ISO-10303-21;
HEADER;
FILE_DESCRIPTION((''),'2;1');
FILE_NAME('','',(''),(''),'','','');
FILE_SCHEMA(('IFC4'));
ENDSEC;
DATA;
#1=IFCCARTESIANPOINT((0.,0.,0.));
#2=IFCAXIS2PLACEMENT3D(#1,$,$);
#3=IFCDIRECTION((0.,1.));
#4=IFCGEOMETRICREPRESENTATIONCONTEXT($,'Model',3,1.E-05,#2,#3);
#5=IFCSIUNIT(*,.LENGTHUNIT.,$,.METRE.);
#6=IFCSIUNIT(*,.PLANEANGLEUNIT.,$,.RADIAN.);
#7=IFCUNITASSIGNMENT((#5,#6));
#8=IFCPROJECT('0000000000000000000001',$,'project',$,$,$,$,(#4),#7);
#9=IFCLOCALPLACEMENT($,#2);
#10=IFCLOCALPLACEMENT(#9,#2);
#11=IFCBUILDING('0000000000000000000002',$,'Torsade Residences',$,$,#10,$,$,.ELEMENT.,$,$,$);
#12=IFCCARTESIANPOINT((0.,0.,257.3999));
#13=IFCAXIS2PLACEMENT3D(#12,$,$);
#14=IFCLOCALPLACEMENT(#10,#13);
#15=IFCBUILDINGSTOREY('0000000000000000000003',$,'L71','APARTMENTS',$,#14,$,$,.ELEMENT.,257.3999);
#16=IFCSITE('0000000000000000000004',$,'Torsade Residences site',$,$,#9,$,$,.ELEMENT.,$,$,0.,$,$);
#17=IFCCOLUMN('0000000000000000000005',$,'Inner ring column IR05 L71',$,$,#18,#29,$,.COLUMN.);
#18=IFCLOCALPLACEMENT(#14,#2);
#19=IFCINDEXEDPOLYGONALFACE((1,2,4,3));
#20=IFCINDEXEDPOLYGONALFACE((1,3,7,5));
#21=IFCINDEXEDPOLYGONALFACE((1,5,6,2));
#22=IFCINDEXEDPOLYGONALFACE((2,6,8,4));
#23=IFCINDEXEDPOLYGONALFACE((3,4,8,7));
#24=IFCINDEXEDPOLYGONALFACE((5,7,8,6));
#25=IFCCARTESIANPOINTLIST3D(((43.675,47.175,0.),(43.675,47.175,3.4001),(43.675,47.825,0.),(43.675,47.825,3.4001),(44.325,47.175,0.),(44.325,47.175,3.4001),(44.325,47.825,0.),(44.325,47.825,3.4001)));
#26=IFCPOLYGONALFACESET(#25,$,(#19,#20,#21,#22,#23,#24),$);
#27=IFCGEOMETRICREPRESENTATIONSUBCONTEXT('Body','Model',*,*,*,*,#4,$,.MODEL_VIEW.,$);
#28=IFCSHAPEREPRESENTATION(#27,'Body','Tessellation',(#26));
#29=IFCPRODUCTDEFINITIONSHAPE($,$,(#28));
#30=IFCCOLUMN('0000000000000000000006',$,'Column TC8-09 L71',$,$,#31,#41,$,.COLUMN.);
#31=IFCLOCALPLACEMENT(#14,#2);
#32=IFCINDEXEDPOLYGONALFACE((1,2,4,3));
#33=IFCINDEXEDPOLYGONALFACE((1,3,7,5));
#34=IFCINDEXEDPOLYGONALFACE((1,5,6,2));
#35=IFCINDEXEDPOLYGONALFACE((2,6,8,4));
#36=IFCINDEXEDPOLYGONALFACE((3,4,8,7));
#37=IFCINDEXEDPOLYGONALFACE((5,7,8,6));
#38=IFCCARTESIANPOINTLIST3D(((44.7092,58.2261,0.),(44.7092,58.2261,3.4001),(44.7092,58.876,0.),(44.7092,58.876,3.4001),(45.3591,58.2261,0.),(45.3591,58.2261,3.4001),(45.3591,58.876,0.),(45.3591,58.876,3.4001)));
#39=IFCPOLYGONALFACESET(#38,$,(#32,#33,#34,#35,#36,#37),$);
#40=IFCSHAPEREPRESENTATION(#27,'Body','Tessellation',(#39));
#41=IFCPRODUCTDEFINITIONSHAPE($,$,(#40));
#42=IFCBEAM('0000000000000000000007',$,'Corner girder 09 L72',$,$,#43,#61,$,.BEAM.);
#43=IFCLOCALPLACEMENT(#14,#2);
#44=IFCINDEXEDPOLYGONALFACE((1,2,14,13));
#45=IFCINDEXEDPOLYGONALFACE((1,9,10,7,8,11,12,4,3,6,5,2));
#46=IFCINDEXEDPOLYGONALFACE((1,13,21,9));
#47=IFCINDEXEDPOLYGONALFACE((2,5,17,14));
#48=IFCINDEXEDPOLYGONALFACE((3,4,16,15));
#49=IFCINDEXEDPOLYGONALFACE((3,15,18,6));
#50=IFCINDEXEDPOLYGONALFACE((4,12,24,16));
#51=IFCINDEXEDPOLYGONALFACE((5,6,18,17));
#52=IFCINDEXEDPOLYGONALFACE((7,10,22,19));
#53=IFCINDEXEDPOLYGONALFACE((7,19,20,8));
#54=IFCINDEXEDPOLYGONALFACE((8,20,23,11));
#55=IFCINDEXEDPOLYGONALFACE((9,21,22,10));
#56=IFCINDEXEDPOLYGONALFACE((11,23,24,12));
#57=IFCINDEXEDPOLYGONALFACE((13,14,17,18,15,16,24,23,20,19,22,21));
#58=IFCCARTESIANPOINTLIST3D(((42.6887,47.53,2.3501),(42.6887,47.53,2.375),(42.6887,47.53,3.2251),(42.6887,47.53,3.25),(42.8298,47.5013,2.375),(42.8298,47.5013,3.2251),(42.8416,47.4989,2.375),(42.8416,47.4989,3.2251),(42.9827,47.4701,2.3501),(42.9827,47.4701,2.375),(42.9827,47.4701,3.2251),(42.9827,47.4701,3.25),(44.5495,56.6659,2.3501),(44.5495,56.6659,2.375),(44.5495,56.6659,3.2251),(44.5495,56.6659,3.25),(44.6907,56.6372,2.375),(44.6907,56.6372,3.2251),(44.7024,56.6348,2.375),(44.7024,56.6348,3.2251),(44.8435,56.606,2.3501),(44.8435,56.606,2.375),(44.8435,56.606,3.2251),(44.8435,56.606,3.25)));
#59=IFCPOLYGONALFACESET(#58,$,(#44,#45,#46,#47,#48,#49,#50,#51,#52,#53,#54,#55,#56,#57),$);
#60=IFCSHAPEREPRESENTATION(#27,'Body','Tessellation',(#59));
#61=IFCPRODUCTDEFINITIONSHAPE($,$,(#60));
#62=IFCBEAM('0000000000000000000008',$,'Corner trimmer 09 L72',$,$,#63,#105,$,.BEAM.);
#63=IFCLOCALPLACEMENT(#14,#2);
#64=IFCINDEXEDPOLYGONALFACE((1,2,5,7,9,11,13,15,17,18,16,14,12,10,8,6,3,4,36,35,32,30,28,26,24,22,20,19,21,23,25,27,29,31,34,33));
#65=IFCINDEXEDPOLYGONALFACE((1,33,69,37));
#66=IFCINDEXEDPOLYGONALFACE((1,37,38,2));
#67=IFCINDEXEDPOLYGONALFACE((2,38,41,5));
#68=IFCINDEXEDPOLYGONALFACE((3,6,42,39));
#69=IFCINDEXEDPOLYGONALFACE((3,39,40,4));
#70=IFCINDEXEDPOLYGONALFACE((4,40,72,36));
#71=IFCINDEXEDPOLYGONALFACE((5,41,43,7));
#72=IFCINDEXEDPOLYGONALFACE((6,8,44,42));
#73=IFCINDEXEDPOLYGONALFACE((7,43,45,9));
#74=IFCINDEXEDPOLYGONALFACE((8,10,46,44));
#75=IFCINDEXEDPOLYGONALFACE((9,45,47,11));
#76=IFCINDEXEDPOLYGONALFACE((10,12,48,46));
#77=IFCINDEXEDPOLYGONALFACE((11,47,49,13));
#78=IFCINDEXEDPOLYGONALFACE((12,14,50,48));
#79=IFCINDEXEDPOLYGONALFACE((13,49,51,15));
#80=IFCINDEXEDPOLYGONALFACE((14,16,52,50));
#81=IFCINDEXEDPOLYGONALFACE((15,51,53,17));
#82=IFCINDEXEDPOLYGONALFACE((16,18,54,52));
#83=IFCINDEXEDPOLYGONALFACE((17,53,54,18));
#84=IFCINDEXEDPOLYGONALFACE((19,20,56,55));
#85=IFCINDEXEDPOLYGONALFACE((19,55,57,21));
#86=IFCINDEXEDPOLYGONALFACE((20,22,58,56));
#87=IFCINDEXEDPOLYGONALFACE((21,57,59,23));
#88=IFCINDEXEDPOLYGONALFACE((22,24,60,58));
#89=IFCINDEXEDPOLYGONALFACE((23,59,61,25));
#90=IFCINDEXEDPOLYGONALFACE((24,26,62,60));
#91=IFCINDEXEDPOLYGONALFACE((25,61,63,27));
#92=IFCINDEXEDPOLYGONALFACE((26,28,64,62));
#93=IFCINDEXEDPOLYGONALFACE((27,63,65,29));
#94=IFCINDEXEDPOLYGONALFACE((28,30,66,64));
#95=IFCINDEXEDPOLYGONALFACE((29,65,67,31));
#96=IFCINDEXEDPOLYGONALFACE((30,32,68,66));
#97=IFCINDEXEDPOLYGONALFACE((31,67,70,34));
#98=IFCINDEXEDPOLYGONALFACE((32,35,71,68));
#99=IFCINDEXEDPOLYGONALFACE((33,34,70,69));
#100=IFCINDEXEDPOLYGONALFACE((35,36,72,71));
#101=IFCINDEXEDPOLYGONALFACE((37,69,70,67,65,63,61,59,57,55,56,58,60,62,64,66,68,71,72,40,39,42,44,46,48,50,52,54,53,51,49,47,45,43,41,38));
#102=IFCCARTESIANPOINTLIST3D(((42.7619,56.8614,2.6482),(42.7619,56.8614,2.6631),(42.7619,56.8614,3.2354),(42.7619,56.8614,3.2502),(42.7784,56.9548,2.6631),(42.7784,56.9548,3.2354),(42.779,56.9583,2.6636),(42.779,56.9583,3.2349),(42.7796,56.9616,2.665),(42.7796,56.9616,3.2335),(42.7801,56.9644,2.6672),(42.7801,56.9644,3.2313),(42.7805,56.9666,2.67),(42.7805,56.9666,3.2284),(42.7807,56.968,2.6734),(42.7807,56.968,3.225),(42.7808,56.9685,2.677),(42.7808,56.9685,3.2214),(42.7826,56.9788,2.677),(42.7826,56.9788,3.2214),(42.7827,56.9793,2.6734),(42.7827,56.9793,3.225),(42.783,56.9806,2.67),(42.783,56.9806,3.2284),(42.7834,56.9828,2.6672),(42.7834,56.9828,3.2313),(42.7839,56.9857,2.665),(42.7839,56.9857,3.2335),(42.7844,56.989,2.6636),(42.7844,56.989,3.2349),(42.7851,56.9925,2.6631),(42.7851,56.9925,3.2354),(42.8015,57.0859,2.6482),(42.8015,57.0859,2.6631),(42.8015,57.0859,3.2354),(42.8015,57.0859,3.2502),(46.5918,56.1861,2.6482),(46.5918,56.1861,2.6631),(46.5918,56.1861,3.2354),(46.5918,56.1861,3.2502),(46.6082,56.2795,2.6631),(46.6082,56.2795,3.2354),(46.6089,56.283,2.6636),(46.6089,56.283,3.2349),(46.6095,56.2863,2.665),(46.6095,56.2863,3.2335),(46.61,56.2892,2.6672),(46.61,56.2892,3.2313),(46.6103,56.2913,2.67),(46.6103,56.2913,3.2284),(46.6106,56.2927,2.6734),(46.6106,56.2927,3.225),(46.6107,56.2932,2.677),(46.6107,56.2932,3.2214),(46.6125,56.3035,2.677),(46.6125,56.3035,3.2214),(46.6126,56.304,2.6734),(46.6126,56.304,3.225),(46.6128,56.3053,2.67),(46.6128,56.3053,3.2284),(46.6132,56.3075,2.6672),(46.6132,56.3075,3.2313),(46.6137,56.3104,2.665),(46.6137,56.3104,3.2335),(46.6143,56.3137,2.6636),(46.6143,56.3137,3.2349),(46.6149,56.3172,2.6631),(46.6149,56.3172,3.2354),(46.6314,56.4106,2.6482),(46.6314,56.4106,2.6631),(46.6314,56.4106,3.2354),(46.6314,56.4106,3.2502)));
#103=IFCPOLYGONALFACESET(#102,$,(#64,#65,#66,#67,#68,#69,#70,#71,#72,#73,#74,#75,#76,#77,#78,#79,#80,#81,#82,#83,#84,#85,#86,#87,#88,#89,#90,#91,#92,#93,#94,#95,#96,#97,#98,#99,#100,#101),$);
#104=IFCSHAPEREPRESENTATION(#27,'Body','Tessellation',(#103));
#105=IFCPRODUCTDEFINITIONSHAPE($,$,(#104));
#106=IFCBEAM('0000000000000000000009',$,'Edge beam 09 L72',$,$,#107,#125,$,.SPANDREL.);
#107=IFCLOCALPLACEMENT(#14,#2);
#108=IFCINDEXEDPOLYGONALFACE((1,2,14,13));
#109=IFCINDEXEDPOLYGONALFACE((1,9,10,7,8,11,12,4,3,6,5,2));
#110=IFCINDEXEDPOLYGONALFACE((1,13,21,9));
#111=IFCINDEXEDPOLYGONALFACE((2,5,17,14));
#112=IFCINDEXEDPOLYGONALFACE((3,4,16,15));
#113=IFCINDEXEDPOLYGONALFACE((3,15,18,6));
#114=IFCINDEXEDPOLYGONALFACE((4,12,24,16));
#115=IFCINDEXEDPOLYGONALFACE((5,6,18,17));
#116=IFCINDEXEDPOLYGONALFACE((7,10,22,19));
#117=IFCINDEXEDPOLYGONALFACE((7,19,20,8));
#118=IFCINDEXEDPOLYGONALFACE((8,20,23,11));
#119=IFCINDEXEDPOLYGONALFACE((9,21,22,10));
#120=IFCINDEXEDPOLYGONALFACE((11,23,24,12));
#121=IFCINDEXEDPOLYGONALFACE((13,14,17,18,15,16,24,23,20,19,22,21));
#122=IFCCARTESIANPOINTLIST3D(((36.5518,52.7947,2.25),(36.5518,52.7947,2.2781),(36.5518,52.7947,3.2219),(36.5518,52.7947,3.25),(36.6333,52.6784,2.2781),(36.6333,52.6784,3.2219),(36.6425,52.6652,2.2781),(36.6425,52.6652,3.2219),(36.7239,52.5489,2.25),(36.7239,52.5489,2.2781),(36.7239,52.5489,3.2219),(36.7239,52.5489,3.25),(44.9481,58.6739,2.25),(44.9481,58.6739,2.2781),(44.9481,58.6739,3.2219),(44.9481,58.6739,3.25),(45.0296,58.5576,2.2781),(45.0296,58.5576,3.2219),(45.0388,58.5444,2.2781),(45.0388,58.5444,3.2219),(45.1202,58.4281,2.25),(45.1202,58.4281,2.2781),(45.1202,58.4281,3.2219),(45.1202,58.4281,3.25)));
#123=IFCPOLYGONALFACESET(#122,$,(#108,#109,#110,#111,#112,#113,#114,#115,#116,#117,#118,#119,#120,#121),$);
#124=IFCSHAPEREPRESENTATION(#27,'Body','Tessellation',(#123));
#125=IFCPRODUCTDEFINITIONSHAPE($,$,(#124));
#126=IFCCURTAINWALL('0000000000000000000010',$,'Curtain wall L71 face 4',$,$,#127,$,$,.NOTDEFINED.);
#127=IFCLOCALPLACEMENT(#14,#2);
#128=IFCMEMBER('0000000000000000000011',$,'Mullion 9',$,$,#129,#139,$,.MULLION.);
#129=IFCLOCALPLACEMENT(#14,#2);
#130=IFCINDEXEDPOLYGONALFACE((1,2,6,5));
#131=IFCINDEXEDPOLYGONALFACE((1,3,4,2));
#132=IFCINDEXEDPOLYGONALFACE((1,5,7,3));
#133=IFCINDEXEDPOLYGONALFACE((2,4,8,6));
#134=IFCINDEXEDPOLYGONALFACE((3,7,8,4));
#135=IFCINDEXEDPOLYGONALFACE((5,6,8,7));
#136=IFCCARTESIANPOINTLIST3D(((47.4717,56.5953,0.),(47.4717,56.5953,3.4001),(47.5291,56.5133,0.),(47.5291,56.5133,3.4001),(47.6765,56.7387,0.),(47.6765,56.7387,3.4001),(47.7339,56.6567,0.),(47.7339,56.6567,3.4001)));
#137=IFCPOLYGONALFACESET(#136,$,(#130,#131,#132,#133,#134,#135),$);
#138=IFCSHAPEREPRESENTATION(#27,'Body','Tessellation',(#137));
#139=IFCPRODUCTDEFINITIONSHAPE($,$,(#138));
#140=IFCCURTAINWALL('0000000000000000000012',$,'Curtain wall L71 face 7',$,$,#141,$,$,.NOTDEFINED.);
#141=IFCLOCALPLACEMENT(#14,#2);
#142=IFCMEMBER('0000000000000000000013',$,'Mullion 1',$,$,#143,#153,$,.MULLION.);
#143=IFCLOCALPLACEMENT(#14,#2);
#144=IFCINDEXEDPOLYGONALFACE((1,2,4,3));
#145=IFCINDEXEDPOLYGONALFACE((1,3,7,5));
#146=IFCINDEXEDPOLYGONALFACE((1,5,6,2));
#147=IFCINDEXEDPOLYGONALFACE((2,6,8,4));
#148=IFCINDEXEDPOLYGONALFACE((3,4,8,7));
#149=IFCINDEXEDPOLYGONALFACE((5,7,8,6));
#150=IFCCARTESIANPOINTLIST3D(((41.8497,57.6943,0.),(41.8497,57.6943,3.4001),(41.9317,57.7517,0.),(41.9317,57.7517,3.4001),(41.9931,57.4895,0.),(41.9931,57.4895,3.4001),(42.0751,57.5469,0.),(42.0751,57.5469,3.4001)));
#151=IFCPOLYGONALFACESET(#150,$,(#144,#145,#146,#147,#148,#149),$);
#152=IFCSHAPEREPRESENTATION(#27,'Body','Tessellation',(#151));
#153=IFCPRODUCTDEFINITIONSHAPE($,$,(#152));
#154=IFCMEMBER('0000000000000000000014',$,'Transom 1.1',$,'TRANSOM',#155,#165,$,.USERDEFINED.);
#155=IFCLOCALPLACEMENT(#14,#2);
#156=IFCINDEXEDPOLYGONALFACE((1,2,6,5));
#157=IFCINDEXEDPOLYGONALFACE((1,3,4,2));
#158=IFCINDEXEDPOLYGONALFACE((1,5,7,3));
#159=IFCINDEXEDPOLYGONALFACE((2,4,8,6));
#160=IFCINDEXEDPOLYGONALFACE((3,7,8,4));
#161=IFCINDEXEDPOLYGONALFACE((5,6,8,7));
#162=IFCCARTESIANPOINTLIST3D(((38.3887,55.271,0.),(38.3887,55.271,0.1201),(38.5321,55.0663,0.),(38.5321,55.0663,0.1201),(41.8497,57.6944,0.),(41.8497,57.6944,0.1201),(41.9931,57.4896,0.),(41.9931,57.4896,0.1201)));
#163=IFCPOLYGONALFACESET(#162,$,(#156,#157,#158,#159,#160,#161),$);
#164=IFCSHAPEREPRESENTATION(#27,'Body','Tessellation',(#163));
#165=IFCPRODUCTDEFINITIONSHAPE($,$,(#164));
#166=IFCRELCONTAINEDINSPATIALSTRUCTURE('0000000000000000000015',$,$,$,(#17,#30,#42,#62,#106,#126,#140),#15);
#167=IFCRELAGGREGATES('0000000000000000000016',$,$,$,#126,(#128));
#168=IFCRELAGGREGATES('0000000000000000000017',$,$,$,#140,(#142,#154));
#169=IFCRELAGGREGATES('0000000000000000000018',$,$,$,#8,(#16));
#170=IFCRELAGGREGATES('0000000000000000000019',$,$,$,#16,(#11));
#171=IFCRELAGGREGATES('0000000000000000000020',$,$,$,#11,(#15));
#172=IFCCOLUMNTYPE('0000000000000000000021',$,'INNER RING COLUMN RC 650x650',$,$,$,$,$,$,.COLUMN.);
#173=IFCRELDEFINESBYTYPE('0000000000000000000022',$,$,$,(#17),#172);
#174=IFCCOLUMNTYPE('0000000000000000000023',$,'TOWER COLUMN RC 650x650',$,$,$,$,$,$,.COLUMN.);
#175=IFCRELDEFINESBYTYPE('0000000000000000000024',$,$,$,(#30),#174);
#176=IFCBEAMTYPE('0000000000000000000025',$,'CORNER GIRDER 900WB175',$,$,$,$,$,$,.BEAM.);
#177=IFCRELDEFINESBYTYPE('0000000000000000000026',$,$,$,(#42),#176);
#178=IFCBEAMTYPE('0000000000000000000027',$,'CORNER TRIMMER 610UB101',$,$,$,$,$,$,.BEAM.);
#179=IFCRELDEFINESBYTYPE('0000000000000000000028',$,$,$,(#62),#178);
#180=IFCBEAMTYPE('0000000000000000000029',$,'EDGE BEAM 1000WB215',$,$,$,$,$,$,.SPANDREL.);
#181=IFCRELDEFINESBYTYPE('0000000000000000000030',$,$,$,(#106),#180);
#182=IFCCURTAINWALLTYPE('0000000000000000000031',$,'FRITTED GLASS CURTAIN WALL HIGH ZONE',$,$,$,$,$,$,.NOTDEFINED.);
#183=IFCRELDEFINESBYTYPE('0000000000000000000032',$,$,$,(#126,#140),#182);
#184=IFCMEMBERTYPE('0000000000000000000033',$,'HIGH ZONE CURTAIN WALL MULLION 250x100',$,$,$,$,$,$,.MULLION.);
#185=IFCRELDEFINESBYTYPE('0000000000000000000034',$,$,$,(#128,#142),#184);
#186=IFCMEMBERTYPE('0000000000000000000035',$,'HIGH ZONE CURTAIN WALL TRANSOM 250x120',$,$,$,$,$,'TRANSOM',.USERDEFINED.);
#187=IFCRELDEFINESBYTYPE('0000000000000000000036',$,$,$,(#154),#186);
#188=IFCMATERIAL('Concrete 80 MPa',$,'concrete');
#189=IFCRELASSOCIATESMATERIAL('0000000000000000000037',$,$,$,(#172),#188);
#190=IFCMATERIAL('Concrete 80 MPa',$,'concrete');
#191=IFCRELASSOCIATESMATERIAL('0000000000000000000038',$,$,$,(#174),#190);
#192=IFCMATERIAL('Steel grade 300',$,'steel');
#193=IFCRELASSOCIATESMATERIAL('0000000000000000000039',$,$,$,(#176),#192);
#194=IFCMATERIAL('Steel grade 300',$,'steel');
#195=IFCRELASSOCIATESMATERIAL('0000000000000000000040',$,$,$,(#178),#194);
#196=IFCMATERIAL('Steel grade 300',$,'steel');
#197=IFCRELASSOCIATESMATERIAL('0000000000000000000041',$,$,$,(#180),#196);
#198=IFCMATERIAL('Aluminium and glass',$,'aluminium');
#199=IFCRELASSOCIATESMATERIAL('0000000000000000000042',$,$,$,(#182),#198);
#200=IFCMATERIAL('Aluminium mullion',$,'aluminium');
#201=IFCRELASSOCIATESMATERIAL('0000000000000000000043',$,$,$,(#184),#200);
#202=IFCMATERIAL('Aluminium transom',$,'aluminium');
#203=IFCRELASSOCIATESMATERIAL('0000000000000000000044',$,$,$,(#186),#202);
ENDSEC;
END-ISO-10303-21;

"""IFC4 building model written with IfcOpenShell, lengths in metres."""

from ifc_helpers import new_model, si_unit, direction, frame, origin, origin_2d, place, context, subcontext, project, spatial, rectangle, i_section, extrude, material, material_profile, profile_set, type_object, element, aggregate, save


model = new_model("IFC4")

# Units and contexts
model_context = context("Model", 3, precision=1e-05, world=origin(), true_north=direction((0.0, 1.0)))
body_context = subcontext(model_context, "Body", "Model", "MODEL_VIEW")
ifc_project = project(units=[si_unit("LENGTHUNIT", "METRE"), si_unit("PLANEANGLEUNIT", "RADIAN")], contexts=[model_context])

# Site, building, storey
site_placement = place(None, origin())
site = spatial("IfcSite", under=ifc_project, at=site_placement, Name="Torsade Residences site", CompositionType="ELEMENT", RefElevation=0.0)
building_placement = place(site_placement, origin())
building = spatial("IfcBuilding", under=site, at=building_placement, Name="Torsade Residences", CompositionType="ELEMENT")
storey_placement = place(building_placement, frame((0.0, 0.0, 257.3999)))
storey = spatial("IfcBuildingStorey", under=building, at=storey_placement, Name="L71", Description="APARTMENTS", CompositionType="ELEMENT", Elevation=257.3999)

# Columns
ifc_material_1 = material(Name="Concrete 80 MPa", Category="concrete")
ifc_material_profile_1 = material_profile(ifc_material_1, rectangle(XDim=0.6499, YDim=0.6499, at=origin_2d()), Name="RC 650x650")
ifc_profile_set_1 = profile_set([ifc_material_profile_1], Name="Concrete 80 MPa")
column_type_1 = type_object("IfcColumnType", Name="INNER RING COLUMN RC 650x650", PredefinedType="COLUMN", material=ifc_profile_set_1)
column_1_placement = place(storey_placement, frame((44.0, 47.5, 0.0), z_axis=(0.0, 0.0, 1.0), x_axis=(1.0, 0.0, 0.0)))
element("IfcColumn", 1, at=column_1_placement, inside=storey, type_object=column_type_1, Name="Inner ring column IR05 L71", PredefinedType="COLUMN", context=body_context, shape_type="SweptSolid", body=[
    extrude(rectangle(XDim=0.6499, YDim=0.6499, at=origin_2d()), origin(), (0.0, 0.0, 1.0), 3.4001),
])
ifc_material_2 = material(Name="Concrete 80 MPa", Category="concrete")
ifc_material_profile_2 = material_profile(ifc_material_2, rectangle(XDim=0.6499, YDim=0.6499, at=origin_2d()), Name="RC 650x650")
ifc_profile_set_2 = profile_set([ifc_material_profile_2], Name="Concrete 80 MPa")
column_type_2 = type_object("IfcColumnType", Name="TOWER COLUMN RC 650x650", PredefinedType="COLUMN", material=ifc_profile_set_2)
column_2_placement = place(storey_placement, frame((45.0342, 58.551, 0.0), z_axis=(0.0, 0.0, 1.0), x_axis=(1.0, 0.0, 0.0)))
element("IfcColumn", 2, at=column_2_placement, inside=storey, type_object=column_type_2, Name="Column TC8-09 L71", PredefinedType="COLUMN", context=body_context, shape_type="SweptSolid", body=[
    extrude(rectangle(XDim=0.6499, YDim=0.6499, at=origin_2d()), origin(), (0.0, 0.0, 1.0), 3.4001),
])

# Beams
ifc_material_3 = material(Name="Steel grade 300", Category="steel")
ifc_material_profile_3 = material_profile(ifc_material_3, i_section(OverallWidth=0.3, OverallDepth=0.8999, WebThickness=0.012, FlangeThickness=0.0249, at=origin_2d()), Name="900WB175")
ifc_profile_set_3 = profile_set([ifc_material_profile_3], Name="Steel grade 300")
beam_type_1 = type_object("IfcBeamType", Name="CORNER GIRDER 900WB175", PredefinedType="BEAM", material=ifc_profile_set_3)
beam_1_placement = place(storey_placement, frame((44.6965, 56.636, 2.8), z_axis=(-0.199584, -0.979881, 0.0), x_axis=(0.979881, -0.199584, 0.0)))
element("IfcBeam", 3, at=beam_1_placement, inside=storey, type_object=beam_type_1, Name="Corner girder 09 L72", PredefinedType="BEAM", context=body_context, shape_type="SweptSolid", body=[
    extrude(i_section(OverallWidth=0.3, OverallDepth=0.8999, WebThickness=0.012, FlangeThickness=0.0249, at=origin_2d()), origin(), (0.0, 0.0, 1.0), 9.3235),
])
ifc_material_4 = material(Name="Steel grade 300", Category="steel")
ifc_material_profile_4 = material_profile(ifc_material_4, i_section(OverallWidth=0.228, OverallDepth=0.6021, WebThickness=0.0105, FlangeThickness=0.0149, FilletRadius=0.0139, at=origin_2d()), Name="610UB101")
ifc_profile_set_4 = profile_set([ifc_material_profile_4], Name="Steel grade 300")
beam_type_2 = type_object("IfcBeamType", Name="CORNER TRIMMER 610UB101", PredefinedType="BEAM", material=ifc_profile_set_4)
beam_2_placement = place(storey_placement, frame((42.7817, 56.9736, 2.9492), z_axis=(0.984808, -0.173646, 0.0), x_axis=(0.173646, 0.984808, 0.0)))
element("IfcBeam", 4, at=beam_2_placement, inside=storey, type_object=beam_type_2, Name="Corner trimmer 09 L72", PredefinedType="BEAM", context=body_context, shape_type="SweptSolid", body=[
    extrude(i_section(OverallWidth=0.228, OverallDepth=0.6021, WebThickness=0.0105, FlangeThickness=0.0149, FilletRadius=0.0139, at=origin_2d()), origin(), (0.0, 0.0, 1.0), 3.8889),
])
ifc_material_5 = material(Name="Steel grade 300", Category="steel")
ifc_material_profile_5 = material_profile(ifc_material_5, i_section(OverallWidth=0.3, OverallDepth=1.0, WebThickness=0.0161, FlangeThickness=0.0281, at=origin_2d()), Name="1000WB215")
ifc_profile_set_5 = profile_set([ifc_material_profile_5], Name="Steel grade 300")
beam_type_3 = type_object("IfcBeamType", Name="EDGE BEAM 1000WB215", PredefinedType="SPANDREL", material=ifc_profile_set_5)
beam_3_placement = place(storey_placement, frame((45.0342, 58.551, 2.75), z_axis=(-0.81915, -0.573579, 0.0), x_axis=(0.573579, -0.81915, 0.0)))
element("IfcBeam", 5, at=beam_3_placement, inside=storey, type_object=beam_type_3, Name="Edge beam 09 L72", PredefinedType="SPANDREL", context=body_context, shape_type="SweptSolid", body=[
    extrude(i_section(OverallWidth=0.3, OverallDepth=1.0, WebThickness=0.0161, FlangeThickness=0.0281, at=origin_2d()), origin(), (0.0, 0.0, 1.0), 10.25),
])

# Curtain wall, member
ifc_material_6 = material(Name="Aluminium and glass", Category="aluminium")
curtain_wall_type = type_object("IfcCurtainWallType", Name="FRITTED GLASS CURTAIN WALL HIGH ZONE", PredefinedType="NOTDEFINED", material=ifc_material_6)
curtain_wall_1_placement = place(storey_placement, origin())
curtain_wall_1 = element("IfcCurtainWall", 6, at=curtain_wall_1_placement, inside=storey, type_object=curtain_wall_type, Name="Curtain wall L71 face 4", PredefinedType="NOTDEFINED")
ifc_material_7 = material(Name="Aluminium mullion", Category="aluminium")
ifc_material_profile_6 = material_profile(ifc_material_7, rectangle(XDim=0.25, YDim=0.1001, at=origin_2d()), Name="HIGH ZONE CURTAIN WALL MULLION 250x100")
ifc_profile_set_6 = profile_set([ifc_material_profile_6], Name="Aluminium mullion")
member_type_1 = type_object("IfcMemberType", Name="HIGH ZONE CURTAIN WALL MULLION 250x100", PredefinedType="MULLION", material=ifc_profile_set_6)
member_1_placement = place(storey_placement, frame((47.6028, 56.626, 0.0), z_axis=(0.0, 0.0, 1.0), x_axis=(-0.819152, -0.573576, 0.0)))
member_1 = element("IfcMember", 7, at=member_1_placement, type_object=member_type_1, Name="Mullion 9", PredefinedType="MULLION", context=body_context, shape_type="SweptSolid", body=[
    extrude(rectangle(XDim=0.25, YDim=0.1001, at=origin_2d()), origin(), (0.0, 0.0, 1.0), 3.4001),
])
aggregate(curtain_wall_1, [member_1])

# Curtain wall, members
curtain_wall_2_placement = place(storey_placement, origin())
curtain_wall_2 = element("IfcCurtainWall", 8, at=curtain_wall_2_placement, inside=storey, type_object=curtain_wall_type, Name="Curtain wall L71 face 7", PredefinedType="NOTDEFINED")
member_2_placement = place(storey_placement, frame((41.9624, 57.6206, 0.0), z_axis=(0.0, 0.0, 1.0), x_axis=(0.573576, -0.819152, 0.0)))
member_2 = element("IfcMember", 9, at=member_2_placement, type_object=member_type_1, Name="Mullion 1", PredefinedType="MULLION", context=body_context, shape_type="SweptSolid", body=[
    extrude(rectangle(XDim=0.25, YDim=0.1001, at=origin_2d()), origin(), (0.0, 0.0, 1.0), 3.4001),
])
ifc_material_8 = material(Name="Aluminium transom", Category="aluminium")
ifc_material_profile_7 = material_profile(ifc_material_8, rectangle(XDim=0.25, YDim=0.1201, at=origin_2d()), Name="HIGH ZONE CURTAIN WALL TRANSOM 250x120")
ifc_profile_set_7 = profile_set([ifc_material_profile_7], Name="Aluminium transom")
member_type_2 = type_object("IfcMemberType", Name="HIGH ZONE CURTAIN WALL TRANSOM 250x120", ElementType="TRANSOM", PredefinedType="USERDEFINED", material=ifc_profile_set_7)
member_3_placement = place(storey_placement, frame((41.9214, 57.592, 0.0601), z_axis=(-0.819156, -0.573571, 0.0), x_axis=(0.573571, -0.819156, 0.0)))
member_3 = element("IfcMember", 10, at=member_3_placement, type_object=member_type_2, Name="Transom 1.1", ObjectType="TRANSOM", PredefinedType="USERDEFINED", context=body_context, shape_type="SweptSolid", body=[
    extrude(rectangle(XDim=0.25, YDim=0.1201, at=origin_2d()), origin(), (0.0, 0.0, 1.0), 4.2251),
])

aggregate(curtain_wall_2, [member_2, member_3])

save(model, "model.ifc")
